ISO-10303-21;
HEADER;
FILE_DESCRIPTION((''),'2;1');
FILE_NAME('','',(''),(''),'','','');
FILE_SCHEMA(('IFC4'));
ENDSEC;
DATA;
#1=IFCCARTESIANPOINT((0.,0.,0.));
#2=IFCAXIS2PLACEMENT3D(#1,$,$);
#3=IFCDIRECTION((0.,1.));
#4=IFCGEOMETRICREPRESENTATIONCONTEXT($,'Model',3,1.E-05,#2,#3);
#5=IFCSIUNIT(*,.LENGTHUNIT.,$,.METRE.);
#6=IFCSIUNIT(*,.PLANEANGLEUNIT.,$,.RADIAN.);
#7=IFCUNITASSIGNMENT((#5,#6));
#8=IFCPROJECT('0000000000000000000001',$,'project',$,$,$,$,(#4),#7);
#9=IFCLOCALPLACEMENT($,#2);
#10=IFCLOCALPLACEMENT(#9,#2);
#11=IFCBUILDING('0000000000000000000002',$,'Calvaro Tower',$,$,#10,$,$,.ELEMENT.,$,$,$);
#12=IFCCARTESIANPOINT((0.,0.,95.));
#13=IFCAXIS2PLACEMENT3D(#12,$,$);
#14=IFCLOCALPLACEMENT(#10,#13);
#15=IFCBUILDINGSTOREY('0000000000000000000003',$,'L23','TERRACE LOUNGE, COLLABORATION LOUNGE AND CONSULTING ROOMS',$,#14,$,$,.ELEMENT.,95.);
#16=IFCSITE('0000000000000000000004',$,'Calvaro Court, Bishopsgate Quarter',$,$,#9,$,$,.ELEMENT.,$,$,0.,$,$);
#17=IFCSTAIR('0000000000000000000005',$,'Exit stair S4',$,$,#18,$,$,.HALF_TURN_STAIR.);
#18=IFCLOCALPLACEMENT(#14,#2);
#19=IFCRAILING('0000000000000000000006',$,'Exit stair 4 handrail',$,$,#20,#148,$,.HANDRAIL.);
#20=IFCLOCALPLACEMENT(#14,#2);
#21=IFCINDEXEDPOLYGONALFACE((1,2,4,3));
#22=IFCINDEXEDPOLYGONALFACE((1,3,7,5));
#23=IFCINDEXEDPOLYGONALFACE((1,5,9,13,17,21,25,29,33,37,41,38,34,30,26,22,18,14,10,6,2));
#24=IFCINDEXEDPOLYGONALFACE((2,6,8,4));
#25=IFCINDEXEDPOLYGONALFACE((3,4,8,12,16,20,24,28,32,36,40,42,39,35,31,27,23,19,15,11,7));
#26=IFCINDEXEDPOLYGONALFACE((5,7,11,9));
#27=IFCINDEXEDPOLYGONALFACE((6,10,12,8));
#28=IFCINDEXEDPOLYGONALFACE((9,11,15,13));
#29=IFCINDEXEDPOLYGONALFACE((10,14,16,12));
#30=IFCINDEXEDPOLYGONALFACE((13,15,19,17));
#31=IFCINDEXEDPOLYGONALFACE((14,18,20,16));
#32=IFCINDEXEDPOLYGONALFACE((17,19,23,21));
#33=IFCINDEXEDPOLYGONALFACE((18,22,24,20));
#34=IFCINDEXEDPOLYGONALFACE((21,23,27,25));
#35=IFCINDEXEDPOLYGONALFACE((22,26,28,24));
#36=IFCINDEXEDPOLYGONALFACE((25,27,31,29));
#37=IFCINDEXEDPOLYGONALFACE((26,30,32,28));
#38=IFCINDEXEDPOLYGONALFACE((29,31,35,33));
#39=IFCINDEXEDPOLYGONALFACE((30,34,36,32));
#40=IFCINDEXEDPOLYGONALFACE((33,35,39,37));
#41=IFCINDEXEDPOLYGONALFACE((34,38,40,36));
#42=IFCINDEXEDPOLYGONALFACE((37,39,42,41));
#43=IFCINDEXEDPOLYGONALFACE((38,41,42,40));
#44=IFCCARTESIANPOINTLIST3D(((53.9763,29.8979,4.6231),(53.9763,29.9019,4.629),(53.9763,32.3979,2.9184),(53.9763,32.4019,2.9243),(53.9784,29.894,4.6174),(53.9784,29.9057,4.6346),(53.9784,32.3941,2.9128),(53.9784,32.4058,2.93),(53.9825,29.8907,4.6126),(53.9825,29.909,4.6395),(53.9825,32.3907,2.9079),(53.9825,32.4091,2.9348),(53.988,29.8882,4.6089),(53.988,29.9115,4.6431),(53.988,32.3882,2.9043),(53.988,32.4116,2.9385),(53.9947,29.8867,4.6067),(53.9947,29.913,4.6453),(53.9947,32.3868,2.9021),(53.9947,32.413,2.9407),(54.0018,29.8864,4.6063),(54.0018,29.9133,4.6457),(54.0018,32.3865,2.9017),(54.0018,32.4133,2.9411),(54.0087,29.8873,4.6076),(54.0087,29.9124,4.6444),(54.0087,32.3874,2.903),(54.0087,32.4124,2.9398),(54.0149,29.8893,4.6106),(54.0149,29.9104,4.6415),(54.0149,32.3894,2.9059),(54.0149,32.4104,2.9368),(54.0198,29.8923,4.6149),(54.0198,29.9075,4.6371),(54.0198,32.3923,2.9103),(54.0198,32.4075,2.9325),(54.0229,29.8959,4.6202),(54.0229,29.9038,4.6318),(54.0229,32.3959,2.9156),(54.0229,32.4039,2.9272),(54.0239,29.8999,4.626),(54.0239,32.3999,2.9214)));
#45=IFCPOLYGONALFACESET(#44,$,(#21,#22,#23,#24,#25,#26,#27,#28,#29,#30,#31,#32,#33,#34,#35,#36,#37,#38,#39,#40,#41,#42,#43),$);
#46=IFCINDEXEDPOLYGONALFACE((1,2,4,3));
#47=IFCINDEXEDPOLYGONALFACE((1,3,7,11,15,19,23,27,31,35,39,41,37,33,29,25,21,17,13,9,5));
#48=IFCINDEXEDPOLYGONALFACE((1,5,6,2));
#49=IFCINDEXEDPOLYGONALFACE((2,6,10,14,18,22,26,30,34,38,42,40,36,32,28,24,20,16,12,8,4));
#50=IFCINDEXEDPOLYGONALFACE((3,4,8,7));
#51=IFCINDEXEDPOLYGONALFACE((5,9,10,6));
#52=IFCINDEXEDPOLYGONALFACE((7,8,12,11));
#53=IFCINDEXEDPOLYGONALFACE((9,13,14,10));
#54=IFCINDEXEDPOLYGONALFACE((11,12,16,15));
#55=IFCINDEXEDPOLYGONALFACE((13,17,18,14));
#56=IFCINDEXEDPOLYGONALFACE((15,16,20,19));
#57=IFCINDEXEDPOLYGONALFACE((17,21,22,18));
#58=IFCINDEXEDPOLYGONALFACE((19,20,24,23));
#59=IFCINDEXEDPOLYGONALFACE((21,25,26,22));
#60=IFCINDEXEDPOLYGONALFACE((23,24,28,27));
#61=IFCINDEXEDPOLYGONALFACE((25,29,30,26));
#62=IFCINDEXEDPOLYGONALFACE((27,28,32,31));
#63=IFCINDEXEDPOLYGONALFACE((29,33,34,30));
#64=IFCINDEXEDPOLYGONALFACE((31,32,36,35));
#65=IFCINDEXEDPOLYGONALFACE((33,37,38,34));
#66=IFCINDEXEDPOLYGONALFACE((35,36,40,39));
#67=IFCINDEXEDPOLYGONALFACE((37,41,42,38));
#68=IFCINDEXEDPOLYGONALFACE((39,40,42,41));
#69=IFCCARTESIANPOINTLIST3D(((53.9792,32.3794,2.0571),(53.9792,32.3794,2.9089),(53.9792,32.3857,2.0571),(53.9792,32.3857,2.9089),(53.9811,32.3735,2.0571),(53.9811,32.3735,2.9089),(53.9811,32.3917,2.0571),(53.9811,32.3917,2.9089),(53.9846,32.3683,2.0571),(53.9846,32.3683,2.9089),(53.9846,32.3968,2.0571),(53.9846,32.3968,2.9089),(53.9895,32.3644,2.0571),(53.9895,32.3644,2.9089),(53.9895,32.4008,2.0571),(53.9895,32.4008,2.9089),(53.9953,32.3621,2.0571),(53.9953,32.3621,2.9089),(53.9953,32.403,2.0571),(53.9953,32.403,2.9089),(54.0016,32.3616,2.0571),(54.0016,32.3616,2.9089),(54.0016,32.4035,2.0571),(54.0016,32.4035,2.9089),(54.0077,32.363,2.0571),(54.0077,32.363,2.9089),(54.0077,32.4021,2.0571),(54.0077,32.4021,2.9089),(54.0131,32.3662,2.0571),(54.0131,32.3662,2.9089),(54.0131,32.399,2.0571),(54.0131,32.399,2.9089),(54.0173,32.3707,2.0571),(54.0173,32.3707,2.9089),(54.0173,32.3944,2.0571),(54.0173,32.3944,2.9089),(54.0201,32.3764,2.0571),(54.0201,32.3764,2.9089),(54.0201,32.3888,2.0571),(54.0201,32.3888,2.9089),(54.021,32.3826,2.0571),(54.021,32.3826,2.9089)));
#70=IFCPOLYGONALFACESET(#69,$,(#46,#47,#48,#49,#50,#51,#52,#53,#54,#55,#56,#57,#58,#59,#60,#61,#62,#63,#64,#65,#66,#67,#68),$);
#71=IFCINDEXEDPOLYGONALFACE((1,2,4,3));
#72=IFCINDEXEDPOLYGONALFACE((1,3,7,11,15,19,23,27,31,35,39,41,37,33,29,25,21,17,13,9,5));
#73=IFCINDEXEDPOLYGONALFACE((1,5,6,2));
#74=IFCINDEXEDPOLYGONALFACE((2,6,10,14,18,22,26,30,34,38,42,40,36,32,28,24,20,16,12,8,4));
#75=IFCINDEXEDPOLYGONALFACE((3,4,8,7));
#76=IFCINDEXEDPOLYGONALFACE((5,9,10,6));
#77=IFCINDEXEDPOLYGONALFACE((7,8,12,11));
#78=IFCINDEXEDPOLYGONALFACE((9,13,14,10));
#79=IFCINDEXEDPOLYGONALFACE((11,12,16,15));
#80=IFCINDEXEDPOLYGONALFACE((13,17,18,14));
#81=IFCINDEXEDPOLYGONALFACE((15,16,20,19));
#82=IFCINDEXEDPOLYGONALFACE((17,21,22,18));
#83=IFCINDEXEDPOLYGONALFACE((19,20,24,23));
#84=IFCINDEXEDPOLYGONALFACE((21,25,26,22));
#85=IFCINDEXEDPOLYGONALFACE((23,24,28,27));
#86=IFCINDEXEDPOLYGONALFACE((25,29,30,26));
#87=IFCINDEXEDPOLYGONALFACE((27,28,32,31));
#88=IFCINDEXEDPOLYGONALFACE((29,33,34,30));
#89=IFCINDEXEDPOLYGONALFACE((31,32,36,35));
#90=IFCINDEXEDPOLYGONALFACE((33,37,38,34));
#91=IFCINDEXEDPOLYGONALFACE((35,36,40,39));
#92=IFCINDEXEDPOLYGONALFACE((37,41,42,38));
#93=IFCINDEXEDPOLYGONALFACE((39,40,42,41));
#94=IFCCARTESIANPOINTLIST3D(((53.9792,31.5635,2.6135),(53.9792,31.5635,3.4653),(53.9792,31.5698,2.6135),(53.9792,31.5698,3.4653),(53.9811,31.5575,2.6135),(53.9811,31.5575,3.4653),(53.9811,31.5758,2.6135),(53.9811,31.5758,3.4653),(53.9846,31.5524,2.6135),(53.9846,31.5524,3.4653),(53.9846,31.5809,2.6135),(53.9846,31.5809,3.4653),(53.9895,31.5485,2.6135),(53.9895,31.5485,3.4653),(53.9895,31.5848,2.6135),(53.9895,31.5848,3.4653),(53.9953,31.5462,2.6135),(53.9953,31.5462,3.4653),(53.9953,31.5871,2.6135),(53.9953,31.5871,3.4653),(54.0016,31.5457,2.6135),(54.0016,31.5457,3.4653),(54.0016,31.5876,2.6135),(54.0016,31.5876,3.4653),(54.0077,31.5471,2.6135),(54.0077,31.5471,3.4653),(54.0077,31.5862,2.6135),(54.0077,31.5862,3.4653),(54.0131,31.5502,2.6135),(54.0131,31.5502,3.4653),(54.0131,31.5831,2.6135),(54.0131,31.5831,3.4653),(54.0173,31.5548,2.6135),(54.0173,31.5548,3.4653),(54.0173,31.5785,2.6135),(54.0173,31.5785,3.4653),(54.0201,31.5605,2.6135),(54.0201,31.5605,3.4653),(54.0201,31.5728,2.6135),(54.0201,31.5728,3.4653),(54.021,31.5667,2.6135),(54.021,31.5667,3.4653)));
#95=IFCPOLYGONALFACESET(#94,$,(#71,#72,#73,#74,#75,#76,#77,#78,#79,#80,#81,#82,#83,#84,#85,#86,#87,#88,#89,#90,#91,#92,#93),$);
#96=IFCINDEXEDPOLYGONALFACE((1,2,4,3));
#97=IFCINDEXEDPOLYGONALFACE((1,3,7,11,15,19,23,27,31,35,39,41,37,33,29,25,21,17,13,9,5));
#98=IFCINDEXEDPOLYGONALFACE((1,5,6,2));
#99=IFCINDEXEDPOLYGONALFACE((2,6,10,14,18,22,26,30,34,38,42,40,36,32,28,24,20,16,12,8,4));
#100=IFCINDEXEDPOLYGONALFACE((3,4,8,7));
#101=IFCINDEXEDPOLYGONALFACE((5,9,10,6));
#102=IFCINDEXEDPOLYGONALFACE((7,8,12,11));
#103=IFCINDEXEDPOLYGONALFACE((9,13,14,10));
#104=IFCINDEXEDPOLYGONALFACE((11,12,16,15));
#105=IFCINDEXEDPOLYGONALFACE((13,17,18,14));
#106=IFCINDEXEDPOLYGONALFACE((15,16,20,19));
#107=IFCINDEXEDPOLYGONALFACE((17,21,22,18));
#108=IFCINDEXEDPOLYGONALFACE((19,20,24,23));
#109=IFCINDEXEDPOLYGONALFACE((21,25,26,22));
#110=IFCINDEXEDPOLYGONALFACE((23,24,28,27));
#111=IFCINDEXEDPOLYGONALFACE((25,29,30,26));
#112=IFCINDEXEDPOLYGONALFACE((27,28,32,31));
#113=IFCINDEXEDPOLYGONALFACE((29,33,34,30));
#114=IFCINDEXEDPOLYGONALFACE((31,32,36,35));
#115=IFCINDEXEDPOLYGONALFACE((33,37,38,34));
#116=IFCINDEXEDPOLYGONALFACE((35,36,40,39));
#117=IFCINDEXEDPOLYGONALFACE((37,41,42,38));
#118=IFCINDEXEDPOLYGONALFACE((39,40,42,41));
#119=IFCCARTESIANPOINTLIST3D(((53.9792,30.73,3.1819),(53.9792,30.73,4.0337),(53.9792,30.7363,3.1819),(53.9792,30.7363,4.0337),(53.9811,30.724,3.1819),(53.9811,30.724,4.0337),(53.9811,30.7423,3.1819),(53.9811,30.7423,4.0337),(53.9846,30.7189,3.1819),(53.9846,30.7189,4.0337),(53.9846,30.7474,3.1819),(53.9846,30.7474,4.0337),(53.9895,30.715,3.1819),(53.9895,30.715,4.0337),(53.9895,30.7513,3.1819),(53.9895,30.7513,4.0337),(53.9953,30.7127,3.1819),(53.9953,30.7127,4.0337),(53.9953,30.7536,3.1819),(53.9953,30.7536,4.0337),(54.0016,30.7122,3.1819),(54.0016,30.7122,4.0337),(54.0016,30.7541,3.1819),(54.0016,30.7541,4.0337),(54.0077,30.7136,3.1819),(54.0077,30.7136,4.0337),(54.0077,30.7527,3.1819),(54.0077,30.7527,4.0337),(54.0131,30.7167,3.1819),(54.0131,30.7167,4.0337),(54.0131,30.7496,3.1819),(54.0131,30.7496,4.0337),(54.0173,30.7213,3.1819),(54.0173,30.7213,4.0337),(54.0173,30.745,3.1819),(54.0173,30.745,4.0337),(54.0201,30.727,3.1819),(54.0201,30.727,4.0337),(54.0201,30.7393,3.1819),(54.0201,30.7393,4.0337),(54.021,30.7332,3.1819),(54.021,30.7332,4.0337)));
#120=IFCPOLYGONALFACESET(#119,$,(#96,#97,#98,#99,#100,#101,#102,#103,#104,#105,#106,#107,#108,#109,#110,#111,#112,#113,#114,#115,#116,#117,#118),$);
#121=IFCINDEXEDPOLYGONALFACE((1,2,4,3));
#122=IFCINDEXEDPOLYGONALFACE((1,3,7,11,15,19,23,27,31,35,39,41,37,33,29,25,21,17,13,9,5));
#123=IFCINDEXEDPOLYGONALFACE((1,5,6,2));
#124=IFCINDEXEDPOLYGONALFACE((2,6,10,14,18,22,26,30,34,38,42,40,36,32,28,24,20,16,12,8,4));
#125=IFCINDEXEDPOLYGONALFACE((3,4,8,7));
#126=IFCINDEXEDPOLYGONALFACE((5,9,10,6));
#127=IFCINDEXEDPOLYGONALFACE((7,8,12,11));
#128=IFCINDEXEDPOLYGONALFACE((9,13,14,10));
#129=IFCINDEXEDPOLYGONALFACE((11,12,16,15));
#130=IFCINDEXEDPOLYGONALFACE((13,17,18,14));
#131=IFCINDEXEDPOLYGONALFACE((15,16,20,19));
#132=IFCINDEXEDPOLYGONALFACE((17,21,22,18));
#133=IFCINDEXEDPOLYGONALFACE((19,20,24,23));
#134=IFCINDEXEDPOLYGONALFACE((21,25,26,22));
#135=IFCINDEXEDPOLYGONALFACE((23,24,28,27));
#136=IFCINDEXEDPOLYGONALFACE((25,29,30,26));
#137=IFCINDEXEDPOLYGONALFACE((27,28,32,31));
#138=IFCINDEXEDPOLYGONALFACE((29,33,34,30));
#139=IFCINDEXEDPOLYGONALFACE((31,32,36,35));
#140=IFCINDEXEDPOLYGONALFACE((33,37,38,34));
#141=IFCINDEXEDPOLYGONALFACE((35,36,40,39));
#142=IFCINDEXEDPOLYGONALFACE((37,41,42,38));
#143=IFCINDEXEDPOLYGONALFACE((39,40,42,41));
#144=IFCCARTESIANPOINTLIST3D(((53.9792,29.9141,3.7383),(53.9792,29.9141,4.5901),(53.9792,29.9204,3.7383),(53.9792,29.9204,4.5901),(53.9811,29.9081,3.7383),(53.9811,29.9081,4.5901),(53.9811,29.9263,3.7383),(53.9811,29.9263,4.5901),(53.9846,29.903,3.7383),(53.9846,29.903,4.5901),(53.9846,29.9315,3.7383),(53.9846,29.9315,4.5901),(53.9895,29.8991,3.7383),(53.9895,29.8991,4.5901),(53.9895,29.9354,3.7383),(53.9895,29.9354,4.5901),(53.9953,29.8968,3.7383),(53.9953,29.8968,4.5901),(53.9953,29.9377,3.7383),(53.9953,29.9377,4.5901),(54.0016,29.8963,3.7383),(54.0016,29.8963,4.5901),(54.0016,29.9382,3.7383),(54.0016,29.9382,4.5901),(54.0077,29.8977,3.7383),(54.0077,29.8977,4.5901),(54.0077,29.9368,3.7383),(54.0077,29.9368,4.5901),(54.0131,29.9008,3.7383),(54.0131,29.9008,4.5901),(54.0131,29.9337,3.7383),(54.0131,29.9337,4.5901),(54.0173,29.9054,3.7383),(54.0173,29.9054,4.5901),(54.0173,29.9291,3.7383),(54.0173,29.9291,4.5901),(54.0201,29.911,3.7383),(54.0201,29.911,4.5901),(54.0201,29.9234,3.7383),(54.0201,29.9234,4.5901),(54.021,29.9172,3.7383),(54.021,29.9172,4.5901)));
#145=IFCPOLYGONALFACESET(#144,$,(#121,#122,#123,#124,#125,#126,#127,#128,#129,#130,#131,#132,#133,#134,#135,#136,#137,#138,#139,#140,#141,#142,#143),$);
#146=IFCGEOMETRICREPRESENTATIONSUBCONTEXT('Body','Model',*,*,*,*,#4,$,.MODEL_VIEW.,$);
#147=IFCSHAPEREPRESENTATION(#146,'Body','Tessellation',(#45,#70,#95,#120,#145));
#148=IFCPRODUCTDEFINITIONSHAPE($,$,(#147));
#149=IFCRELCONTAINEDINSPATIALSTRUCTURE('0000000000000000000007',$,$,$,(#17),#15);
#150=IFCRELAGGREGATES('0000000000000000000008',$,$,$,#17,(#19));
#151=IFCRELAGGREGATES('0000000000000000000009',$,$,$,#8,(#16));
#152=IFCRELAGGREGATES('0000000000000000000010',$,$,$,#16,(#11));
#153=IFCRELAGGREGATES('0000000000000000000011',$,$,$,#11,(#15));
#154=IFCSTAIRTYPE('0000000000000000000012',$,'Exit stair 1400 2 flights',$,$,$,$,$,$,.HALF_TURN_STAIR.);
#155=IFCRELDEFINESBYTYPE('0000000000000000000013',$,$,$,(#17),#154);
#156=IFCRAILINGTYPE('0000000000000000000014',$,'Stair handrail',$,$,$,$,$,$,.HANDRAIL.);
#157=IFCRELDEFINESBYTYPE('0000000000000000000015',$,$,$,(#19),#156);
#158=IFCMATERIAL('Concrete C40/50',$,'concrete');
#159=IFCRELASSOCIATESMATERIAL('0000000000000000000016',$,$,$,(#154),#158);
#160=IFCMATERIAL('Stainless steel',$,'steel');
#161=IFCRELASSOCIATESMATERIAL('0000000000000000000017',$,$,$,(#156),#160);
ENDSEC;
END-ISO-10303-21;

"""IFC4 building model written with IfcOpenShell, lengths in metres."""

from ifc_helpers import new_model, si_unit, direction, frame, origin, origin_2d, place, context, subcontext, project, spatial, circle, extrude, material, type_object, element, aggregate, save


model = new_model("IFC4")

# Units and contexts
model_context = context("Model", 3, precision=1e-05, world=origin(), true_north=direction((0.0, 1.0)))
body_context = subcontext(model_context, "Body", "Model", "MODEL_VIEW")
ifc_project = project(units=[si_unit("LENGTHUNIT", "METRE"), si_unit("PLANEANGLEUNIT", "RADIAN")], contexts=[model_context])

# Site, building, storey
site_placement = place(None, origin())
site = spatial("IfcSite", under=ifc_project, at=site_placement, Name="Calvaro Court, Bishopsgate Quarter", CompositionType="ELEMENT", RefElevation=0.0)
building_placement = place(site_placement, origin())
building = spatial("IfcBuilding", under=site, at=building_placement, Name="Calvaro Tower", CompositionType="ELEMENT")
storey_placement = place(building_placement, frame((0.0, 0.0, 95.0)))
storey = spatial("IfcBuildingStorey", under=building, at=storey_placement, Name="L23", Description="TERRACE LOUNGE, COLLABORATION LOUNGE AND CONSULTING ROOMS", CompositionType="ELEMENT", Elevation=95.0)

# Stair
ifc_material_1 = material(Name="Concrete C40/50", Category="concrete")
stair_type = type_object("IfcStairType", Name="Exit stair 1400 2 flights", PredefinedType="HALF_TURN_STAIR", material=ifc_material_1)
stair_1_placement = place(storey_placement, origin())
stair_1 = element("IfcStair", 1, at=stair_1_placement, inside=storey, type_object=stair_type, Name="Exit stair S4", PredefinedType="HALF_TURN_STAIR")

# Railing
ifc_material_2 = material(Name="Stainless steel", Category="steel")
railing_type = type_object("IfcRailingType", Name="Stair handrail", PredefinedType="HANDRAIL", material=ifc_material_2)
railing_1_placement = place(storey_placement, frame((54.0, 32.3999, 2.0454)))
railing_1 = element("IfcRailing", 2, at=railing_1_placement, type_object=railing_type, Name="Exit stair 4 handrail", PredefinedType="HANDRAIL", context=body_context, shape_type="SweptSolid", body=[
    extrude(circle(Radius=0.0239, at=origin_2d()), frame((0.0, 0.0, 0.876), z_axis=(0.0, -0.826221, 0.563347), x_axis=(1.0, 0.0, 0.0)), (0.0, 0.0, 1.0), 3.0259),
    extrude(circle(Radius=0.021, at=origin_2d()), frame((0.0, -0.0173, 0.0117)), (0.0, 0.0, 1.0), 0.8518),
    extrude(circle(Radius=0.021, at=origin_2d()), frame((0.0, -0.8333, 0.5681)), (0.0, 0.0, 1.0), 0.8518),
    extrude(circle(Radius=0.021, at=origin_2d()), frame((0.0, -1.6667, 1.1365)), (0.0, 0.0, 1.0), 0.8518),
    extrude(circle(Radius=0.021, at=origin_2d()), frame((0.0, -2.4827, 1.6929)), (0.0, 0.0, 1.0), 0.8518),
])
aggregate(stair_1, [railing_1])

save(model, "model.ifc")
